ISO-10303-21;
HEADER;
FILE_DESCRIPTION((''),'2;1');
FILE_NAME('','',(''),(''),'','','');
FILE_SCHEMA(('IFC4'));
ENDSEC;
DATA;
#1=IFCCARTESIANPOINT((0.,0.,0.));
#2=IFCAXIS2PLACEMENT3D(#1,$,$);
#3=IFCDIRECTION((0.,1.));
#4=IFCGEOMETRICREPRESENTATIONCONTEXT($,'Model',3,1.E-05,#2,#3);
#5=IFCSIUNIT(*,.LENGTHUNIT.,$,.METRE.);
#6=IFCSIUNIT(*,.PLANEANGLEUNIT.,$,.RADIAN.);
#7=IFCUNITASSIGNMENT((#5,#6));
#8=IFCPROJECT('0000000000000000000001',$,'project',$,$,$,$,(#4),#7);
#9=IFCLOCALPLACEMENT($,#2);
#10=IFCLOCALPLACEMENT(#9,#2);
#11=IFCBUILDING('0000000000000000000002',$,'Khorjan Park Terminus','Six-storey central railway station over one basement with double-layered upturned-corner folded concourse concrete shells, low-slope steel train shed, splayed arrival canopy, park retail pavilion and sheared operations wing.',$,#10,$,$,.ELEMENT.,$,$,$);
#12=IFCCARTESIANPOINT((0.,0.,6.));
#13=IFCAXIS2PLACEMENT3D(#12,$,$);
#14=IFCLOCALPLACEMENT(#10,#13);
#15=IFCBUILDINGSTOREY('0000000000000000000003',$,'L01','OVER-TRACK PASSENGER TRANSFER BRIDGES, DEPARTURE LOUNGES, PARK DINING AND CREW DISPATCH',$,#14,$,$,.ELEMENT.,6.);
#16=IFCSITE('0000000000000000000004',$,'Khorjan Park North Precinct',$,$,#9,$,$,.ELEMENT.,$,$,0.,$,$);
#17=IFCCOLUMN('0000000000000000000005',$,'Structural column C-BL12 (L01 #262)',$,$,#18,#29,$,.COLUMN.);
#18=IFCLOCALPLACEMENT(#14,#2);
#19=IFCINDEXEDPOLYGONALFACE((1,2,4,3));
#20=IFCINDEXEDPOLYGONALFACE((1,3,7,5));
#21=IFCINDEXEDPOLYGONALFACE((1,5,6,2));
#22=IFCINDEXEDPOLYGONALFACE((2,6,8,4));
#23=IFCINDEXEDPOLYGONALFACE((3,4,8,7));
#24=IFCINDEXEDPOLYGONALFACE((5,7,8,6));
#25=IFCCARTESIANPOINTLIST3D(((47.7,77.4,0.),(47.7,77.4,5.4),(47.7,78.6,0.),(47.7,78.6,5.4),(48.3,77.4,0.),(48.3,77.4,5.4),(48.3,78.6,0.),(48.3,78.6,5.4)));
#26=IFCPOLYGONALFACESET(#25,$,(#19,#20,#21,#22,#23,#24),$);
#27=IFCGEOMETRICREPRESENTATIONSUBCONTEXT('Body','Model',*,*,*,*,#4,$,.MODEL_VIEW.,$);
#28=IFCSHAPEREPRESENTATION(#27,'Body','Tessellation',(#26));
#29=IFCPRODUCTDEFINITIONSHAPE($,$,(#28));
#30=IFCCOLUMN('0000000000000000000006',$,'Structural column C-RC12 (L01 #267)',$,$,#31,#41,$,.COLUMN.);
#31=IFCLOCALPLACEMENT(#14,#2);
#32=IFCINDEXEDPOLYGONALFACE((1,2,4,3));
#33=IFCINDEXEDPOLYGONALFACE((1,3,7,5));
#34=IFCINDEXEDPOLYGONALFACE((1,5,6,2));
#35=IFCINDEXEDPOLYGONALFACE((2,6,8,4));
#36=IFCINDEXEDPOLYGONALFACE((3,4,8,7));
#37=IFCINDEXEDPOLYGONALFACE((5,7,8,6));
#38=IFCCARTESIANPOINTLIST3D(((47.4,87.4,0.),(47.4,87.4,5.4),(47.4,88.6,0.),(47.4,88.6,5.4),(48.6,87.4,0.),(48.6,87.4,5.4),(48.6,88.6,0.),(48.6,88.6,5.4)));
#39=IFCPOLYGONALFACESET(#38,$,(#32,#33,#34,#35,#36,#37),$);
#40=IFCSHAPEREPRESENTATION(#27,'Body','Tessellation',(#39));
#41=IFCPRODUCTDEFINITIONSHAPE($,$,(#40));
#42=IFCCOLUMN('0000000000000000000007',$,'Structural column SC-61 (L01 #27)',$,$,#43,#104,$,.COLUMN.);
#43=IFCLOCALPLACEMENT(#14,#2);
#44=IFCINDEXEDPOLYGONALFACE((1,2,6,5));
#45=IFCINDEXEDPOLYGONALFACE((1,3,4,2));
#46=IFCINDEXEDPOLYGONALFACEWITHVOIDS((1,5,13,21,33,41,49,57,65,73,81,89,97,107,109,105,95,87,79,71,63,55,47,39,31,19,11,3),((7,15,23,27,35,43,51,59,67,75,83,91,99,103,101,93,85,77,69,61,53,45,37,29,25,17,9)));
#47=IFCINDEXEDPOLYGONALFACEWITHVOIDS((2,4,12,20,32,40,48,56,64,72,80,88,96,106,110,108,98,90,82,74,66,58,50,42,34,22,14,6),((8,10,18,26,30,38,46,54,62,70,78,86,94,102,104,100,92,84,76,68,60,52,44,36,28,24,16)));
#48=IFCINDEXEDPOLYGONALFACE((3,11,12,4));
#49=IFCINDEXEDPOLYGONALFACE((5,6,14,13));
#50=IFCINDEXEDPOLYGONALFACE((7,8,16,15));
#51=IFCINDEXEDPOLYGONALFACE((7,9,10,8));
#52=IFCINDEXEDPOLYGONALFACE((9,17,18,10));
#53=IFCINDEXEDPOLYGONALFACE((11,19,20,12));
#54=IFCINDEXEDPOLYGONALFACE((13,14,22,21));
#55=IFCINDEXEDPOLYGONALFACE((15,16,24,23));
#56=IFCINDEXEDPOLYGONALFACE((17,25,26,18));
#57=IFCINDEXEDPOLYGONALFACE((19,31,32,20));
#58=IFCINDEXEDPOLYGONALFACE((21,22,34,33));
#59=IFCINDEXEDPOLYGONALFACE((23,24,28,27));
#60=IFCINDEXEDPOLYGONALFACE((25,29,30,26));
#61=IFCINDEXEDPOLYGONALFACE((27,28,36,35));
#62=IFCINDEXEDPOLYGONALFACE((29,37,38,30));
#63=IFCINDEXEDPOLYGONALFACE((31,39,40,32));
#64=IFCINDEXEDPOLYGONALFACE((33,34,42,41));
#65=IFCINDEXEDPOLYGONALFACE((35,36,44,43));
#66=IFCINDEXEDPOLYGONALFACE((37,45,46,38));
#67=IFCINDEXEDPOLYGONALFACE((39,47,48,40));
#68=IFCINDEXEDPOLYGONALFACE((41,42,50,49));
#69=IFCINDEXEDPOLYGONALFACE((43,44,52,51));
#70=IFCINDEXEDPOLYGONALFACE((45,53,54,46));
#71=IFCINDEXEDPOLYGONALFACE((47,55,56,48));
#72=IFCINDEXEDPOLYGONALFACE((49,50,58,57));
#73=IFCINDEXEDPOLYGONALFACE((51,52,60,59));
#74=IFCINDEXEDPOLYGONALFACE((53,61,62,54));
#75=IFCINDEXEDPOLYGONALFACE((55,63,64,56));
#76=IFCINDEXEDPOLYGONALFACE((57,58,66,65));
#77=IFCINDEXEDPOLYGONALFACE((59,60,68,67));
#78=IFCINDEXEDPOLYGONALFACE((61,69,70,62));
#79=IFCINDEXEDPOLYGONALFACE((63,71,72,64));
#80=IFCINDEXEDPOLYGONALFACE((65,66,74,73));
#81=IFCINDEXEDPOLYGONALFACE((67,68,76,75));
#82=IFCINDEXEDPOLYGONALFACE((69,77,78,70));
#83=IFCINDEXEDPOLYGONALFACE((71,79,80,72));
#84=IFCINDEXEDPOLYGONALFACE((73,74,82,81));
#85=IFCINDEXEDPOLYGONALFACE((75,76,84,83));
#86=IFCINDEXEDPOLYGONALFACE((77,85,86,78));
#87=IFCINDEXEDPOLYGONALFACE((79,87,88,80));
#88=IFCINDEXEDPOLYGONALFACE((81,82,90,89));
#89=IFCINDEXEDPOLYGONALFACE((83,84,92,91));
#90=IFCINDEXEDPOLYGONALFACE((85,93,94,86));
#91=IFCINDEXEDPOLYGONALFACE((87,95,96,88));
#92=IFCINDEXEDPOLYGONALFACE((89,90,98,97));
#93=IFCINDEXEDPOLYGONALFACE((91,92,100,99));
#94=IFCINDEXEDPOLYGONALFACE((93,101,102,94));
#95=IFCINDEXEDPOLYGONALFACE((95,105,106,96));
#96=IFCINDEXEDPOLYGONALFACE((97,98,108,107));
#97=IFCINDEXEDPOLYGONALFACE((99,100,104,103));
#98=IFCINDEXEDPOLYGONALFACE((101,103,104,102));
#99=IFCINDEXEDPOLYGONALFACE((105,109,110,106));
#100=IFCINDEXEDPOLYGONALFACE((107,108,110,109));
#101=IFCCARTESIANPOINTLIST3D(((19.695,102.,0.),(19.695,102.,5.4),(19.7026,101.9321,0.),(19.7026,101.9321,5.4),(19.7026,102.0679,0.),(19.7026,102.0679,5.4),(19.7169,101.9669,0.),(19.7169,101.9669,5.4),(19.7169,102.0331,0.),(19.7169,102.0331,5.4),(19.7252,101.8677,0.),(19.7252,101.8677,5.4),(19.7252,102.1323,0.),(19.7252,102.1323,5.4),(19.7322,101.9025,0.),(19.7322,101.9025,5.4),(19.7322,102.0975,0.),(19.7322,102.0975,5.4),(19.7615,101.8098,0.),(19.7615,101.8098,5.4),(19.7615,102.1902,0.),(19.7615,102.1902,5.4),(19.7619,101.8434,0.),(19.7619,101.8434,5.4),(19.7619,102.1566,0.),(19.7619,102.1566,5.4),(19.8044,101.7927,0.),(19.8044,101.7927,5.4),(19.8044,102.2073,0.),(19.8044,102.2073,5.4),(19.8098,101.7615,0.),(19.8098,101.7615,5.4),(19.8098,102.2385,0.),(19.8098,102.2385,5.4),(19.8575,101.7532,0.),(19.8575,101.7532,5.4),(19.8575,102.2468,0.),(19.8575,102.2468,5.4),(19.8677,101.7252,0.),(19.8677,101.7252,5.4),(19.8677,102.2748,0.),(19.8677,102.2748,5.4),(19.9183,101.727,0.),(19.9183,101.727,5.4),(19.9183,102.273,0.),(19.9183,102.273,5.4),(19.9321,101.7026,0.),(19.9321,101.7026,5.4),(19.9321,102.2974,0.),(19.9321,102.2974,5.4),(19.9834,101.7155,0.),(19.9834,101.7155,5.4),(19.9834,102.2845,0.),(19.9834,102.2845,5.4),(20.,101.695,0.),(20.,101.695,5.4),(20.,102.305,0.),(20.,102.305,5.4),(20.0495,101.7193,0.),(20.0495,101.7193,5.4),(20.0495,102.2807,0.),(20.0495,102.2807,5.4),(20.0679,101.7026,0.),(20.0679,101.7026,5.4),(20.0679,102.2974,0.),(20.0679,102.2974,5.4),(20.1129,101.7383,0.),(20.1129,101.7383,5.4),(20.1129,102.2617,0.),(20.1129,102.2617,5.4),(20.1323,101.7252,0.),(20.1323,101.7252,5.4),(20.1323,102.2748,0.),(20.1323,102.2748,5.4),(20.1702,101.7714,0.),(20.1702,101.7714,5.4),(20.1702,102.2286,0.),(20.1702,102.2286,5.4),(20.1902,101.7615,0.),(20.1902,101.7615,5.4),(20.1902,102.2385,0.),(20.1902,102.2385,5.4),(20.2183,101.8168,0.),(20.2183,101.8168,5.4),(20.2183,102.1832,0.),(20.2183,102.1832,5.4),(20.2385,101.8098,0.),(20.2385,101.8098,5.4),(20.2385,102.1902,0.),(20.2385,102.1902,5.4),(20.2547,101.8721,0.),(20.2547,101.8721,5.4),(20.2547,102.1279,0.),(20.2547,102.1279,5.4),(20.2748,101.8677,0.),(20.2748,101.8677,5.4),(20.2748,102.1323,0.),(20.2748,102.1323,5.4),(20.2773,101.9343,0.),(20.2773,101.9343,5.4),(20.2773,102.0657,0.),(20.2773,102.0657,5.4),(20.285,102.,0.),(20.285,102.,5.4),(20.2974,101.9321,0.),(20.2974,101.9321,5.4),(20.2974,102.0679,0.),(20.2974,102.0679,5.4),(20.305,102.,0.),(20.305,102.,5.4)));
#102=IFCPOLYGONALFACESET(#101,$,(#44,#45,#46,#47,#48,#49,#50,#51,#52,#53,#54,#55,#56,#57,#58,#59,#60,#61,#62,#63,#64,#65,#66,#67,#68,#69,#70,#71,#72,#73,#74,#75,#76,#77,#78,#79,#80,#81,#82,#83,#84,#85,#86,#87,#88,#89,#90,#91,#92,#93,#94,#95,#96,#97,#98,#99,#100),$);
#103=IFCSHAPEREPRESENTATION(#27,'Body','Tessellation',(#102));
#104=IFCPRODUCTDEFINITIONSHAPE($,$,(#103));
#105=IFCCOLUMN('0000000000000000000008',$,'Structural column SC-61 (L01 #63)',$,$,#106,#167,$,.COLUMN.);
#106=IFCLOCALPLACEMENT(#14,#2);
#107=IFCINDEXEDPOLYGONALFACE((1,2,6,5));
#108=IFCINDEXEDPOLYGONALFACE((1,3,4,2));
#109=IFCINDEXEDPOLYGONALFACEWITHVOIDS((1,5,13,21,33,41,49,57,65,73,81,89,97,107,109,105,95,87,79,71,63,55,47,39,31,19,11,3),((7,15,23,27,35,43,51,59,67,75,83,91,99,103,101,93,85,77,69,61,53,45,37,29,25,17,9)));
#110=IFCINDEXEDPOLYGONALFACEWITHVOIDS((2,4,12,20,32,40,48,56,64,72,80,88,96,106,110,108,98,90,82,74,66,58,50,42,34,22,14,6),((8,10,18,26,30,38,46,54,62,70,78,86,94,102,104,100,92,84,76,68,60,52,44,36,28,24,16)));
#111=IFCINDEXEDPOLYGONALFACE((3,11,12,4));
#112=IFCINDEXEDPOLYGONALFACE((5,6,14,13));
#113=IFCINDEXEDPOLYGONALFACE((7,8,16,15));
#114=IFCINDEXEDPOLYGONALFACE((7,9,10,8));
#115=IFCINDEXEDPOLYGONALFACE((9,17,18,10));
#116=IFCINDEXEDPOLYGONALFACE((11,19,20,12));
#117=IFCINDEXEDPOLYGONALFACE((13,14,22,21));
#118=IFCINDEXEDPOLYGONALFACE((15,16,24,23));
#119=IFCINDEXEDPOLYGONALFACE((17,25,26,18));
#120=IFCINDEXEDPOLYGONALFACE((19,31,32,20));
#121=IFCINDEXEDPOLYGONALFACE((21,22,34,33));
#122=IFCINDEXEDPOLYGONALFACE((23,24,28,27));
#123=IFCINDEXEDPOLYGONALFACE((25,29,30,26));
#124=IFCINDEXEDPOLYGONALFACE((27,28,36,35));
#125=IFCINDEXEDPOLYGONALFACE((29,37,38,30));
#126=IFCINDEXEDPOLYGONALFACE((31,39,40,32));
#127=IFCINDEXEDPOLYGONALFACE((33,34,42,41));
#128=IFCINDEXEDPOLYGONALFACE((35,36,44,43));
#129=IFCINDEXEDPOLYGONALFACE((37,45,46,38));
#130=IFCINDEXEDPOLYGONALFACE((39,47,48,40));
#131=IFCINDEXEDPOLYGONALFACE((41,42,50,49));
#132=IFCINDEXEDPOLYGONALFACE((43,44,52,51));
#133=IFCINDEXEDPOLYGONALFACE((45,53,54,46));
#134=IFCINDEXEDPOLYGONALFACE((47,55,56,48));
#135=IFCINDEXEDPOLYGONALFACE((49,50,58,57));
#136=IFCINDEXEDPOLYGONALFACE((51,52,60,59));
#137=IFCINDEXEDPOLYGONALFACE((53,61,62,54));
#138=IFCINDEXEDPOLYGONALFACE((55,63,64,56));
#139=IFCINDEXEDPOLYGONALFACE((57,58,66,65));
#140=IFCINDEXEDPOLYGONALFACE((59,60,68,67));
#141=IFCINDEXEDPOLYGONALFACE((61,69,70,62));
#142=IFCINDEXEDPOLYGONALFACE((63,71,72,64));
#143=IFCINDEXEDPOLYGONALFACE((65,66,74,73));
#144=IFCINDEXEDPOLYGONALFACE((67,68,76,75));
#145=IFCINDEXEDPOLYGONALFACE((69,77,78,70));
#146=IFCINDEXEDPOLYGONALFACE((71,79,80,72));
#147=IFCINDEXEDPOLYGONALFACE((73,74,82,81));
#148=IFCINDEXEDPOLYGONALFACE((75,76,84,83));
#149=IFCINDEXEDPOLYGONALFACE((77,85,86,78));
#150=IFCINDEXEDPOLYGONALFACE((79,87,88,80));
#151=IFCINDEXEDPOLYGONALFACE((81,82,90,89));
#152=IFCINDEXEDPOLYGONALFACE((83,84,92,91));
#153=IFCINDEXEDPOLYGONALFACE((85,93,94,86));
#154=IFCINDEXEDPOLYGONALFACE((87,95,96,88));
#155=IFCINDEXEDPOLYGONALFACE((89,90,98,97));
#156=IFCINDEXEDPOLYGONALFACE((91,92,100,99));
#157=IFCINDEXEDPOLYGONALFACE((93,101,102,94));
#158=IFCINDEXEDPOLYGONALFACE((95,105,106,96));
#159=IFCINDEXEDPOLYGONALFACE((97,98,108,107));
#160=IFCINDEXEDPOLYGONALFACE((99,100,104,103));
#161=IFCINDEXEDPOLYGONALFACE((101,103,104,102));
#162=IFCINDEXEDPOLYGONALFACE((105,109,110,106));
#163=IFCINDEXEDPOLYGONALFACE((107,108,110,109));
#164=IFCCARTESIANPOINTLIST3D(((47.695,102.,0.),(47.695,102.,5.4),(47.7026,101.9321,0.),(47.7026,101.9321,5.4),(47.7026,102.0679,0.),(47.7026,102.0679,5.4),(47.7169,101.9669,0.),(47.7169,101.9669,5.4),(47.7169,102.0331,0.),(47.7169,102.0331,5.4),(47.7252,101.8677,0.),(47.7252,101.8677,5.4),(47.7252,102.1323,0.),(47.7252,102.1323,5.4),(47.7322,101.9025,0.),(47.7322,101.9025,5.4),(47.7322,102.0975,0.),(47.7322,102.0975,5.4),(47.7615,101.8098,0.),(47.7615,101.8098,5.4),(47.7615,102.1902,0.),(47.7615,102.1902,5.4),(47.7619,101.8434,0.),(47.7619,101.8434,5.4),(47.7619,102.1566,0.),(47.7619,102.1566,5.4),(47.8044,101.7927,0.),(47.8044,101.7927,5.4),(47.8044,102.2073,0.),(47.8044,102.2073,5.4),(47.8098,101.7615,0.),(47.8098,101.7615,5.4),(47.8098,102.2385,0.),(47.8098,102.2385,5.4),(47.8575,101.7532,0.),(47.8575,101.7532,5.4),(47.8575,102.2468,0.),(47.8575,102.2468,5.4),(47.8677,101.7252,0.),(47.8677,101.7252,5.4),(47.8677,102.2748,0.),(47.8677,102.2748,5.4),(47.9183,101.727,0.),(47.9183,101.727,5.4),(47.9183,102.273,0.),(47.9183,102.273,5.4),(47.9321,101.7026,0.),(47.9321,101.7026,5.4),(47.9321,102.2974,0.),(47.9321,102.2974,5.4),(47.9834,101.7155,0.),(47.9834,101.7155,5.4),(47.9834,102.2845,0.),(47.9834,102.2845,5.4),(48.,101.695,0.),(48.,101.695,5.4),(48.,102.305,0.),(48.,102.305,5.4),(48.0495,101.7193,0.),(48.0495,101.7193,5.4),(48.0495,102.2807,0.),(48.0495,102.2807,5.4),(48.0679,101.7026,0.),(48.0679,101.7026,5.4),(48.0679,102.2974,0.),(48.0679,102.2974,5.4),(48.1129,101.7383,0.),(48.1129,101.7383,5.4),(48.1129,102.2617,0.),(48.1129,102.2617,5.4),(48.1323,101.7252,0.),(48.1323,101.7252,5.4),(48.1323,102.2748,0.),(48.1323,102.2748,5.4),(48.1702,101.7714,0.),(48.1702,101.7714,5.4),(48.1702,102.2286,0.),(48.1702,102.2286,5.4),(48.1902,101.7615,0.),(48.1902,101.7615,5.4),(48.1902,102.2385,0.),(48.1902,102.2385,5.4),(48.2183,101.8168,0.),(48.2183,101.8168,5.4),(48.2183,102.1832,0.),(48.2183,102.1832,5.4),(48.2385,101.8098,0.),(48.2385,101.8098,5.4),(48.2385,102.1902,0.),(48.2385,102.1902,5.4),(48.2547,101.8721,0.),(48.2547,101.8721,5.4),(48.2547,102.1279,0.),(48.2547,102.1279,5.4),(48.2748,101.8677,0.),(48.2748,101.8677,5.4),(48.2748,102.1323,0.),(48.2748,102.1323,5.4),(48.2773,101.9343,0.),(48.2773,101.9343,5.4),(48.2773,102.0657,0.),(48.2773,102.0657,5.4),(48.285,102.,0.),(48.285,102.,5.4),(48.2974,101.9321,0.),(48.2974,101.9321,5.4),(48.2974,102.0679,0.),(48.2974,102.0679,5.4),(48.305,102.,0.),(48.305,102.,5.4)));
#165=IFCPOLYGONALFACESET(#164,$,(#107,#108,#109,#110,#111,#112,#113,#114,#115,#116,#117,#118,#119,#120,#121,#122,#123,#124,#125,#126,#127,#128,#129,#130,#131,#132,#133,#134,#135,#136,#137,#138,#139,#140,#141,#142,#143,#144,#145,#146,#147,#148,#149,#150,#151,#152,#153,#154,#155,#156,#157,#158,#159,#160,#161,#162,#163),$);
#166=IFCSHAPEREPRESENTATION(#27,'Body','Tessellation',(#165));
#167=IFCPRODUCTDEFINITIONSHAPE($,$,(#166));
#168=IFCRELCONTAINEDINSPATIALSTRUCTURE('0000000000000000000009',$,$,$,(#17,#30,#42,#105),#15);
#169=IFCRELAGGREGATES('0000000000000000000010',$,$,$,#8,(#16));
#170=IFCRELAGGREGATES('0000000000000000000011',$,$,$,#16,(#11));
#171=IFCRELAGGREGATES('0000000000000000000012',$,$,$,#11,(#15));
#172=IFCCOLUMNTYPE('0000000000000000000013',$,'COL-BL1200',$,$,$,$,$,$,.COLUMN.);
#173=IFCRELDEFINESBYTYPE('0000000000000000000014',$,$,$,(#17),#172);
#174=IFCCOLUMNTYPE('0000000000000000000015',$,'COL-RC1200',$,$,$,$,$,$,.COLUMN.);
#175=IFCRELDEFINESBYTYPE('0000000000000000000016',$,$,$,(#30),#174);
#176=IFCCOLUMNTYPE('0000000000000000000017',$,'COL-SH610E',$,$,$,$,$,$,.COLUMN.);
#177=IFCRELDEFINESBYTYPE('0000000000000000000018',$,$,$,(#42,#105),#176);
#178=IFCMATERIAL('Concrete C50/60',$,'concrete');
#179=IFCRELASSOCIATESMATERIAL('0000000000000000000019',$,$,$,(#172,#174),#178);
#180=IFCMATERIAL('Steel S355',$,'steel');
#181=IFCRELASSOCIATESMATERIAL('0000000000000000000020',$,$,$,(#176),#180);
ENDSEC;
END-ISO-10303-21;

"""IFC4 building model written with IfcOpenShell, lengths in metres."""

from ifc_helpers import new_model, si_unit, direction, frame, origin, origin_2d, place, context, subcontext, project, spatial, rectangle, hollow_circle, extrude, material, material_profile, profile_set, type_object, element, save


model = new_model("IFC4")

# Units and contexts
model_context = context("Model", 3, precision=1e-05, world=origin(), true_north=direction((0.0, 1.0)))
body_context = subcontext(model_context, "Body", "Model", "MODEL_VIEW")
ifc_project = project(units=[si_unit("LENGTHUNIT", "METRE"), si_unit("PLANEANGLEUNIT", "RADIAN")], contexts=[model_context])

# Site, building, storey
site_placement = place(None, origin())
site = spatial("IfcSite", under=ifc_project, at=site_placement, Name="Khorjan Park North Precinct", CompositionType="ELEMENT", RefElevation=0.0)
building_placement = place(site_placement, origin())
building = spatial("IfcBuilding", under=site, at=building_placement, Name="Khorjan Park Terminus", Description="Six-storey central railway station over one basement with double-layered upturned-corner folded concourse concrete shells, low-slope steel train shed, splayed arrival canopy, park retail pavilion and sheared operations wing.", CompositionType="ELEMENT")
storey_placement = place(building_placement, frame((0.0, 0.0, 6.0)))
storey = spatial("IfcBuildingStorey", under=building, at=storey_placement, Name="L01", Description="OVER-TRACK PASSENGER TRANSFER BRIDGES, DEPARTURE LOUNGES, PARK DINING AND CREW DISPATCH", CompositionType="ELEMENT", Elevation=6.0)

# Columns
ifc_material_1 = material(Name="Concrete C50/60", Category="concrete")
ifc_material_profile_1 = material_profile(ifc_material_1, rectangle(XDim=0.6, YDim=1.2, at=origin_2d()), Name="RC 600x1200")
ifc_profile_set_1 = profile_set([ifc_material_profile_1], Name="Concrete C50/60")
column_type_1 = type_object("IfcColumnType", Name="COL-BL1200", PredefinedType="COLUMN", material=ifc_profile_set_1)
column_1_placement = place(storey_placement, frame((48.0, 78.0, 0.0), z_axis=(0.0, 0.0, 1.0), x_axis=(1.0, 0.0, 0.0)))
element("IfcColumn", 1, at=column_1_placement, inside=storey, type_object=column_type_1, Name="Structural column C-BL12 (L01 #262)", PredefinedType="COLUMN", context=body_context, shape_type="SweptSolid", body=[
    extrude(rectangle(XDim=0.6, YDim=1.2, at=origin_2d()), origin(), (0.0, 0.0, 1.0), 5.4),
])
ifc_material_profile_2 = material_profile(ifc_material_1, rectangle(XDim=1.2, YDim=1.2, at=origin_2d()), Name="RC 1200x1200")
ifc_profile_set_2 = profile_set([ifc_material_profile_2], Name="Concrete C50/60")
column_type_2 = type_object("IfcColumnType", Name="COL-RC1200", PredefinedType="COLUMN", material=ifc_profile_set_2)
column_2_placement = place(storey_placement, frame((48.0, 88.0, 0.0), z_axis=(0.0, 0.0, 1.0), x_axis=(1.0, 0.0, 0.0)))
element("IfcColumn", 2, at=column_2_placement, inside=storey, type_object=column_type_2, Name="Structural column C-RC12 (L01 #267)", PredefinedType="COLUMN", context=body_context, shape_type="SweptSolid", body=[
    extrude(rectangle(XDim=1.2, YDim=1.2, at=origin_2d()), origin(), (0.0, 0.0, 1.0), 5.4),
])
ifc_material_2 = material(Name="Steel S355", Category="steel")
ifc_material_profile_3 = material_profile(ifc_material_2, hollow_circle(Radius=0.305, WallThickness=0.02, at=origin_2d()), Name="CHS 610x20")
ifc_profile_set_3 = profile_set([ifc_material_profile_3], Name="Steel S355")
column_type_3 = type_object("IfcColumnType", Name="COL-SH610E", PredefinedType="COLUMN", material=ifc_profile_set_3)
for number, where, z_axis, x_axis, name in (
    (3, (20.0, 102.0, 0.0), (0.0, 0.0, 1.0), (1.0, 0.0, 0.0), "Structural column SC-61 (L01 #27)"),
    (4, (48.0, 102.0, 0.0), (0.0, 0.0, 1.0), (1.0, 0.0, 0.0), "Structural column SC-61 (L01 #63)"),
):
    element("IfcColumn", number, at=place(storey_placement, frame(where, z_axis=z_axis, x_axis=x_axis)), inside=storey, type_object=column_type_3, Name=name, PredefinedType="COLUMN", context=body_context, shape_type="SweptSolid", body=[
        extrude(hollow_circle(Radius=0.305, WallThickness=0.02, at=origin_2d()), origin(), (0.0, 0.0, 1.0), 5.4),
    ])

save(model, "model.ifc")
